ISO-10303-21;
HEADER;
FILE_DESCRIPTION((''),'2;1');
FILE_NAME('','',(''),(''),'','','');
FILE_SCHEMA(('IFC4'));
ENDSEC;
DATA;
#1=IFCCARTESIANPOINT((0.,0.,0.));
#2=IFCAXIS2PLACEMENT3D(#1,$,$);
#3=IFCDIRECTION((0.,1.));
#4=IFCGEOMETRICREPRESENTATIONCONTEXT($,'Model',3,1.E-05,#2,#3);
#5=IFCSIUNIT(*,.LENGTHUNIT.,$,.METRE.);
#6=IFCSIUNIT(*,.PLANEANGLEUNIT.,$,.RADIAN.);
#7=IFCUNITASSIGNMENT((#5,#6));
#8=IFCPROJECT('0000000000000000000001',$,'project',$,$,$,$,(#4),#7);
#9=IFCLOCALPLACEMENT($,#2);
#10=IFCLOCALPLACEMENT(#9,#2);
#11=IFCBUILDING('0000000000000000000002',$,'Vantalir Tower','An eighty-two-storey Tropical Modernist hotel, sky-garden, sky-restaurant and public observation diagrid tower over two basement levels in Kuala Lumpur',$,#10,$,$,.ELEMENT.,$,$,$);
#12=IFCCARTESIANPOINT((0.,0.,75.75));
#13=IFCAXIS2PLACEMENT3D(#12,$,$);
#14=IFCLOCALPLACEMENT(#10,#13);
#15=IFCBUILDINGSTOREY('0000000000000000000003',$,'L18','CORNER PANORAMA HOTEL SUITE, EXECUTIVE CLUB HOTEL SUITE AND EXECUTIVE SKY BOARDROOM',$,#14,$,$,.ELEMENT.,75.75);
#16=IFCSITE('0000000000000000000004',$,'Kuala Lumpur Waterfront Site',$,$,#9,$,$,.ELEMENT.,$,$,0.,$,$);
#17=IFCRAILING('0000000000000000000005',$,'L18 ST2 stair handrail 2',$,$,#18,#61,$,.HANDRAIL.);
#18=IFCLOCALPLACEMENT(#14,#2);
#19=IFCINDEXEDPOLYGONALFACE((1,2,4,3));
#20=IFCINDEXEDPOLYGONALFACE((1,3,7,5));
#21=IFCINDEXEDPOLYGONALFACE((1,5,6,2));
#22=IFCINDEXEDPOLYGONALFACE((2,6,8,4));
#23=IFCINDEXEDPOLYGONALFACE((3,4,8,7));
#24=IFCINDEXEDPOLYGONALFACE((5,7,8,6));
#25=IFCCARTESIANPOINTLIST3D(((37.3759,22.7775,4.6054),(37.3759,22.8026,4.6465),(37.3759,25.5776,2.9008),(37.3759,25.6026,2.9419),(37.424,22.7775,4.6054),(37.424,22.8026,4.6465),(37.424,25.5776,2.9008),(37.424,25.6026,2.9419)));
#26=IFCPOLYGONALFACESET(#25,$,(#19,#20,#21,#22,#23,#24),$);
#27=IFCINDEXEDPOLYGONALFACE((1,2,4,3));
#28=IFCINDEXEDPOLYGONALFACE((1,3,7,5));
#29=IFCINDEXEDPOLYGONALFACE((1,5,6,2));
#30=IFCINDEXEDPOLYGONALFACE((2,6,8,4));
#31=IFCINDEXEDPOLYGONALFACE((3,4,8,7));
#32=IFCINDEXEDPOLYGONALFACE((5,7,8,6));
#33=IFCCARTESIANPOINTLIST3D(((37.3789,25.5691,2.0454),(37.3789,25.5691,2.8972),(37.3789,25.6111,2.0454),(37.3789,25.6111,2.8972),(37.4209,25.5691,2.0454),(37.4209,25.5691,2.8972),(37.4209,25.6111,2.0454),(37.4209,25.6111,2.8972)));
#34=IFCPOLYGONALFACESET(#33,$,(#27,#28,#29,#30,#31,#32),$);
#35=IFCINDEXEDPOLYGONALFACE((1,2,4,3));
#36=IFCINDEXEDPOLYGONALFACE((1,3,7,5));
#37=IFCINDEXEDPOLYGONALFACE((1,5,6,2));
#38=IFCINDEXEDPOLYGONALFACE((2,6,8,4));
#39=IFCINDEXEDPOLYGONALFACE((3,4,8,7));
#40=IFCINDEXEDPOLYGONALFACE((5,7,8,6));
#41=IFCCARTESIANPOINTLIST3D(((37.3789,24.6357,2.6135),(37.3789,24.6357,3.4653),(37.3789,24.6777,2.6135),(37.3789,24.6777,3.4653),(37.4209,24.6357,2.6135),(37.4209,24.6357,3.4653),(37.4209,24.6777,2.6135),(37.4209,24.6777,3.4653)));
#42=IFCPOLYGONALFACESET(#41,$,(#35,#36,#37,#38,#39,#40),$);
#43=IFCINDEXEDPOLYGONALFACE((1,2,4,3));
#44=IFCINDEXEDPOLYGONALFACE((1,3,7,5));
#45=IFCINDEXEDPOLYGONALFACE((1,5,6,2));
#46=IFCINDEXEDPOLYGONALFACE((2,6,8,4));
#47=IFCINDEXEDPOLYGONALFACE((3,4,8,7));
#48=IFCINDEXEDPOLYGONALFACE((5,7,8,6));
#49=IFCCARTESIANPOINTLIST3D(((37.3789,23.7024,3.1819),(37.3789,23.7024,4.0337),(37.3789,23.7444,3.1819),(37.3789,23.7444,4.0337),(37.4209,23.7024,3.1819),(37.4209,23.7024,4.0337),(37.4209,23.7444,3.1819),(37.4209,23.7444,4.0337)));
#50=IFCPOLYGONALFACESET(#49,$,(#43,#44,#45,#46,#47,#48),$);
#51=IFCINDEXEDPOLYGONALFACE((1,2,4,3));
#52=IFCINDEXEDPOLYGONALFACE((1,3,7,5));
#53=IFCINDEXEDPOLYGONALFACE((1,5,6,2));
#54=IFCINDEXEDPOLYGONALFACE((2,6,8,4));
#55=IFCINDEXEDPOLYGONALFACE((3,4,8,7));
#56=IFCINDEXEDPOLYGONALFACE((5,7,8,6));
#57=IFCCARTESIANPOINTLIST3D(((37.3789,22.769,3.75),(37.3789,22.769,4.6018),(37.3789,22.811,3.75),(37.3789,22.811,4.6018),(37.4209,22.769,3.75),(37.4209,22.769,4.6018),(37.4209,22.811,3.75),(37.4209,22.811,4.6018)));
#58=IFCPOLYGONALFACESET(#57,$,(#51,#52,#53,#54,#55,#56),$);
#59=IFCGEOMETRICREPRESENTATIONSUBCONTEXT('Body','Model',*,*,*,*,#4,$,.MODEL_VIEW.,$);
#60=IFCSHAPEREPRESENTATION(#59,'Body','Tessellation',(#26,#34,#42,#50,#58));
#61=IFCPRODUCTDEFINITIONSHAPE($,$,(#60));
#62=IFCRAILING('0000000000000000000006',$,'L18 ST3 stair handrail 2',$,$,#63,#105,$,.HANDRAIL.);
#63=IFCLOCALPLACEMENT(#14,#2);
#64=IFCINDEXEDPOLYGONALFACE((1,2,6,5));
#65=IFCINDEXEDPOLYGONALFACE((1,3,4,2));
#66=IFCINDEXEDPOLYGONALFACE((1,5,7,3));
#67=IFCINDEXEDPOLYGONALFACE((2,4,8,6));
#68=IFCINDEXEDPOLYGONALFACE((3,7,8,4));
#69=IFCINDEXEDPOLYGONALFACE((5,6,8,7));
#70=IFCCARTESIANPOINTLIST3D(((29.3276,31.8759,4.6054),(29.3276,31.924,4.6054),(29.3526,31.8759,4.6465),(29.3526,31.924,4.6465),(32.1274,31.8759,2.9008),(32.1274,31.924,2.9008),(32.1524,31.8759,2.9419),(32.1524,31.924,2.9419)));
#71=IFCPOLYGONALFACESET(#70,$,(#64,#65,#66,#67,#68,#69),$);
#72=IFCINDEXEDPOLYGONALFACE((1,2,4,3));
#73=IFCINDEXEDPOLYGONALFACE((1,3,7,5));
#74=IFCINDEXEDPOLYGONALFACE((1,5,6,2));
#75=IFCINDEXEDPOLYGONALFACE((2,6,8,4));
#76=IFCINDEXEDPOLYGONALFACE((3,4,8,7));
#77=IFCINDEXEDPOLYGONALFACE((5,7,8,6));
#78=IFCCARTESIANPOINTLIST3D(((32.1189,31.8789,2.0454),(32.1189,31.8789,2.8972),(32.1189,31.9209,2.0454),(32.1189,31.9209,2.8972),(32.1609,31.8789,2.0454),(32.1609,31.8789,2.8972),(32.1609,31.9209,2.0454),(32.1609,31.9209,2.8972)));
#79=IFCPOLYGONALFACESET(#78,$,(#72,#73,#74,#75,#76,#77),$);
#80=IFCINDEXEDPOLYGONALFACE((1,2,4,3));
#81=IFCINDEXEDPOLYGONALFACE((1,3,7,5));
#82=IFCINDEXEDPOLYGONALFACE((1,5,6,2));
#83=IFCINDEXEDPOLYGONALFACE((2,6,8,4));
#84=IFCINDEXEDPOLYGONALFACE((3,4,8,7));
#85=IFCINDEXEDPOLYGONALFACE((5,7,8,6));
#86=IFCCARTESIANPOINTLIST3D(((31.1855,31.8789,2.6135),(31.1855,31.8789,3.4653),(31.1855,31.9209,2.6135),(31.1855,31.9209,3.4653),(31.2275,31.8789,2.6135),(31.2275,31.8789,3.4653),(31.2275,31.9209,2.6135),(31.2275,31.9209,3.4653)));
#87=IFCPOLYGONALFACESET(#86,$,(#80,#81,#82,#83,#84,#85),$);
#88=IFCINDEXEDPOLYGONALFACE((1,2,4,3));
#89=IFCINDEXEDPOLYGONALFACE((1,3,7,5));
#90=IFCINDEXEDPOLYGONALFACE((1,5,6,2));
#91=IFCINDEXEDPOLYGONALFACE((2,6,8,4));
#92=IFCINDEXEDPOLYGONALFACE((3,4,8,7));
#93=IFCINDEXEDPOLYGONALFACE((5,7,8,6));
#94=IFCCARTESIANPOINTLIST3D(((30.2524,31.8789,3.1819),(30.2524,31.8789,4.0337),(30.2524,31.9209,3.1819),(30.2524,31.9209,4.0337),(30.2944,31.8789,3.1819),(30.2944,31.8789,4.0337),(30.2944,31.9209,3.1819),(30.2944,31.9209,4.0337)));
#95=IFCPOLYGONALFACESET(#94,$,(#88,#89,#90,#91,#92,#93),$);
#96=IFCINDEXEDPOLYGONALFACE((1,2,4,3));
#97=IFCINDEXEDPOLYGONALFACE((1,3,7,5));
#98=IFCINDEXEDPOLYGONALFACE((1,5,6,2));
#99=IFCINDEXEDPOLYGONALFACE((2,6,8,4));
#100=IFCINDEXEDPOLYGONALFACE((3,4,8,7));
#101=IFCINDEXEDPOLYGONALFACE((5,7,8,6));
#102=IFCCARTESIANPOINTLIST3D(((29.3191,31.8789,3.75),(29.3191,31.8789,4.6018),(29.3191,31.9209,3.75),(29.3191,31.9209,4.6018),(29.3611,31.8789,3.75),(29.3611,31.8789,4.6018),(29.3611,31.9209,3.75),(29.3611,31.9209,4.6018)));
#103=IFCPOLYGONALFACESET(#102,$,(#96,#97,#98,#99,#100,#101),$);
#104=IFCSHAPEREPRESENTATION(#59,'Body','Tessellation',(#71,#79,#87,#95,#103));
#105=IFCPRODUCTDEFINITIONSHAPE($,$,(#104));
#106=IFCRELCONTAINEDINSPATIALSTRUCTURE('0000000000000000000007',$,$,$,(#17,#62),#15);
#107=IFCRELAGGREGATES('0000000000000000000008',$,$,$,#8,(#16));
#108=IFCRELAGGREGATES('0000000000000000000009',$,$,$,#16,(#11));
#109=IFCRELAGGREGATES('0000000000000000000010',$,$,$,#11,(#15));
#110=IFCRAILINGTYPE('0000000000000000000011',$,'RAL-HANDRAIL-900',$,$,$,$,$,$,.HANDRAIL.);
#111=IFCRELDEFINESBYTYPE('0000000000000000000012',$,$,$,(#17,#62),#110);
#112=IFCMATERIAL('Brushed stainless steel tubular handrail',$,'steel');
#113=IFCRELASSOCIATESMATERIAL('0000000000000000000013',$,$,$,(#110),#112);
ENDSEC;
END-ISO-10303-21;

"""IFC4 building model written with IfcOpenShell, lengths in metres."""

from ifc_helpers import new_model, si_unit, direction, frame, origin, origin_2d, place, context, subcontext, project, spatial, rectangle, extrude, material, type_object, element, save


model = new_model("IFC4")

# Units and contexts
model_context = context("Model", 3, precision=1e-05, world=origin(), true_north=direction((0.0, 1.0)))
body_context = subcontext(model_context, "Body", "Model", "MODEL_VIEW")
ifc_project = project(units=[si_unit("LENGTHUNIT", "METRE"), si_unit("PLANEANGLEUNIT", "RADIAN")], contexts=[model_context])

# Site, building, storey
site_placement = place(None, origin())
site = spatial("IfcSite", under=ifc_project, at=site_placement, Name="Kuala Lumpur Waterfront Site", CompositionType="ELEMENT", RefElevation=0.0)
building_placement = place(site_placement, origin())
building = spatial("IfcBuilding", under=site, at=building_placement, Name="Vantalir Tower", Description="An eighty-two-storey Tropical Modernist hotel, sky-garden, sky-restaurant and public observation diagrid tower over two basement levels in Kuala Lumpur", CompositionType="ELEMENT")
storey_placement = place(building_placement, frame((0.0, 0.0, 75.75)))
storey = spatial("IfcBuildingStorey", under=building, at=storey_placement, Name="L18", Description="CORNER PANORAMA HOTEL SUITE, EXECUTIVE CLUB HOTEL SUITE AND EXECUTIVE SKY BOARDROOM", CompositionType="ELEMENT", Elevation=75.75)

# Railings
ifc_material_1 = material(Name="Brushed stainless steel tubular handrail", Category="steel")
railing_type_1 = type_object("IfcRailingType", Name="RAL-HANDRAIL-900", PredefinedType="HANDRAIL", material=ifc_material_1)
railing_1_placement = place(storey_placement, frame((37.3999, 25.5901, 2.0454)))
element("IfcRailing", 1, at=railing_1_placement, inside=storey, type_object=railing_type_1, Name="L18 ST2 stair handrail 2", PredefinedType="HANDRAIL", context=body_context, shape_type="SweptSolid", body=[
    extrude(rectangle(XDim=0.0481, YDim=0.0481, at=origin_2d()), frame((0.0, 0.0, 0.876), z_axis=(0.0, -0.85417, 0.519994), x_axis=(1.0, 0.0, 0.0)), (0.0, 0.0, 1.0), 3.2781),
    extrude(rectangle(XDim=0.042, YDim=0.042, at=origin_2d()), origin(), (0.0, 0.0, 1.0), 0.8518),
    extrude(rectangle(XDim=0.042, YDim=0.042, at=origin_2d()), frame((0.0, -0.9333, 0.5681)), (0.0, 0.0, 1.0), 0.8518),
    extrude(rectangle(XDim=0.042, YDim=0.042, at=origin_2d()), frame((0.0, -1.8667, 1.1365)), (0.0, 0.0, 1.0), 0.8518),
    extrude(rectangle(XDim=0.042, YDim=0.042, at=origin_2d()), frame((0.0, -2.8, 1.7046)), (0.0, 0.0, 1.0), 0.8518),
])
railing_2_placement = place(storey_placement, frame((32.1399, 31.8999, 2.0454)))
element("IfcRailing", 2, at=railing_2_placement, inside=storey, type_object=railing_type_1, Name="L18 ST3 stair handrail 2", PredefinedType="HANDRAIL", context=body_context, shape_type="SweptSolid", body=[
    extrude(rectangle(XDim=0.0481, YDim=0.0481, at=origin_2d()), frame((0.0, 0.0, 0.876), z_axis=(-0.85415, 0.0, 0.520027), x_axis=(0.0, -1.0, 0.0)), (0.0, 0.0, 1.0), 3.2778),
    extrude(rectangle(XDim=0.042, YDim=0.042, at=origin_2d()), origin(), (0.0, 0.0, 1.0), 0.8518),
    extrude(rectangle(XDim=0.042, YDim=0.042, at=origin_2d()), frame((-0.9333, 0.0, 0.5681)), (0.0, 0.0, 1.0), 0.8518),
    extrude(rectangle(XDim=0.042, YDim=0.042, at=origin_2d()), frame((-1.8665, 0.0, 1.1365)), (0.0, 0.0, 1.0), 0.8518),
    extrude(rectangle(XDim=0.042, YDim=0.042, at=origin_2d()), frame((-2.7998, 0.0, 1.7046)), (0.0, 0.0, 1.0), 0.8518),
])

save(model, "model.ifc")
